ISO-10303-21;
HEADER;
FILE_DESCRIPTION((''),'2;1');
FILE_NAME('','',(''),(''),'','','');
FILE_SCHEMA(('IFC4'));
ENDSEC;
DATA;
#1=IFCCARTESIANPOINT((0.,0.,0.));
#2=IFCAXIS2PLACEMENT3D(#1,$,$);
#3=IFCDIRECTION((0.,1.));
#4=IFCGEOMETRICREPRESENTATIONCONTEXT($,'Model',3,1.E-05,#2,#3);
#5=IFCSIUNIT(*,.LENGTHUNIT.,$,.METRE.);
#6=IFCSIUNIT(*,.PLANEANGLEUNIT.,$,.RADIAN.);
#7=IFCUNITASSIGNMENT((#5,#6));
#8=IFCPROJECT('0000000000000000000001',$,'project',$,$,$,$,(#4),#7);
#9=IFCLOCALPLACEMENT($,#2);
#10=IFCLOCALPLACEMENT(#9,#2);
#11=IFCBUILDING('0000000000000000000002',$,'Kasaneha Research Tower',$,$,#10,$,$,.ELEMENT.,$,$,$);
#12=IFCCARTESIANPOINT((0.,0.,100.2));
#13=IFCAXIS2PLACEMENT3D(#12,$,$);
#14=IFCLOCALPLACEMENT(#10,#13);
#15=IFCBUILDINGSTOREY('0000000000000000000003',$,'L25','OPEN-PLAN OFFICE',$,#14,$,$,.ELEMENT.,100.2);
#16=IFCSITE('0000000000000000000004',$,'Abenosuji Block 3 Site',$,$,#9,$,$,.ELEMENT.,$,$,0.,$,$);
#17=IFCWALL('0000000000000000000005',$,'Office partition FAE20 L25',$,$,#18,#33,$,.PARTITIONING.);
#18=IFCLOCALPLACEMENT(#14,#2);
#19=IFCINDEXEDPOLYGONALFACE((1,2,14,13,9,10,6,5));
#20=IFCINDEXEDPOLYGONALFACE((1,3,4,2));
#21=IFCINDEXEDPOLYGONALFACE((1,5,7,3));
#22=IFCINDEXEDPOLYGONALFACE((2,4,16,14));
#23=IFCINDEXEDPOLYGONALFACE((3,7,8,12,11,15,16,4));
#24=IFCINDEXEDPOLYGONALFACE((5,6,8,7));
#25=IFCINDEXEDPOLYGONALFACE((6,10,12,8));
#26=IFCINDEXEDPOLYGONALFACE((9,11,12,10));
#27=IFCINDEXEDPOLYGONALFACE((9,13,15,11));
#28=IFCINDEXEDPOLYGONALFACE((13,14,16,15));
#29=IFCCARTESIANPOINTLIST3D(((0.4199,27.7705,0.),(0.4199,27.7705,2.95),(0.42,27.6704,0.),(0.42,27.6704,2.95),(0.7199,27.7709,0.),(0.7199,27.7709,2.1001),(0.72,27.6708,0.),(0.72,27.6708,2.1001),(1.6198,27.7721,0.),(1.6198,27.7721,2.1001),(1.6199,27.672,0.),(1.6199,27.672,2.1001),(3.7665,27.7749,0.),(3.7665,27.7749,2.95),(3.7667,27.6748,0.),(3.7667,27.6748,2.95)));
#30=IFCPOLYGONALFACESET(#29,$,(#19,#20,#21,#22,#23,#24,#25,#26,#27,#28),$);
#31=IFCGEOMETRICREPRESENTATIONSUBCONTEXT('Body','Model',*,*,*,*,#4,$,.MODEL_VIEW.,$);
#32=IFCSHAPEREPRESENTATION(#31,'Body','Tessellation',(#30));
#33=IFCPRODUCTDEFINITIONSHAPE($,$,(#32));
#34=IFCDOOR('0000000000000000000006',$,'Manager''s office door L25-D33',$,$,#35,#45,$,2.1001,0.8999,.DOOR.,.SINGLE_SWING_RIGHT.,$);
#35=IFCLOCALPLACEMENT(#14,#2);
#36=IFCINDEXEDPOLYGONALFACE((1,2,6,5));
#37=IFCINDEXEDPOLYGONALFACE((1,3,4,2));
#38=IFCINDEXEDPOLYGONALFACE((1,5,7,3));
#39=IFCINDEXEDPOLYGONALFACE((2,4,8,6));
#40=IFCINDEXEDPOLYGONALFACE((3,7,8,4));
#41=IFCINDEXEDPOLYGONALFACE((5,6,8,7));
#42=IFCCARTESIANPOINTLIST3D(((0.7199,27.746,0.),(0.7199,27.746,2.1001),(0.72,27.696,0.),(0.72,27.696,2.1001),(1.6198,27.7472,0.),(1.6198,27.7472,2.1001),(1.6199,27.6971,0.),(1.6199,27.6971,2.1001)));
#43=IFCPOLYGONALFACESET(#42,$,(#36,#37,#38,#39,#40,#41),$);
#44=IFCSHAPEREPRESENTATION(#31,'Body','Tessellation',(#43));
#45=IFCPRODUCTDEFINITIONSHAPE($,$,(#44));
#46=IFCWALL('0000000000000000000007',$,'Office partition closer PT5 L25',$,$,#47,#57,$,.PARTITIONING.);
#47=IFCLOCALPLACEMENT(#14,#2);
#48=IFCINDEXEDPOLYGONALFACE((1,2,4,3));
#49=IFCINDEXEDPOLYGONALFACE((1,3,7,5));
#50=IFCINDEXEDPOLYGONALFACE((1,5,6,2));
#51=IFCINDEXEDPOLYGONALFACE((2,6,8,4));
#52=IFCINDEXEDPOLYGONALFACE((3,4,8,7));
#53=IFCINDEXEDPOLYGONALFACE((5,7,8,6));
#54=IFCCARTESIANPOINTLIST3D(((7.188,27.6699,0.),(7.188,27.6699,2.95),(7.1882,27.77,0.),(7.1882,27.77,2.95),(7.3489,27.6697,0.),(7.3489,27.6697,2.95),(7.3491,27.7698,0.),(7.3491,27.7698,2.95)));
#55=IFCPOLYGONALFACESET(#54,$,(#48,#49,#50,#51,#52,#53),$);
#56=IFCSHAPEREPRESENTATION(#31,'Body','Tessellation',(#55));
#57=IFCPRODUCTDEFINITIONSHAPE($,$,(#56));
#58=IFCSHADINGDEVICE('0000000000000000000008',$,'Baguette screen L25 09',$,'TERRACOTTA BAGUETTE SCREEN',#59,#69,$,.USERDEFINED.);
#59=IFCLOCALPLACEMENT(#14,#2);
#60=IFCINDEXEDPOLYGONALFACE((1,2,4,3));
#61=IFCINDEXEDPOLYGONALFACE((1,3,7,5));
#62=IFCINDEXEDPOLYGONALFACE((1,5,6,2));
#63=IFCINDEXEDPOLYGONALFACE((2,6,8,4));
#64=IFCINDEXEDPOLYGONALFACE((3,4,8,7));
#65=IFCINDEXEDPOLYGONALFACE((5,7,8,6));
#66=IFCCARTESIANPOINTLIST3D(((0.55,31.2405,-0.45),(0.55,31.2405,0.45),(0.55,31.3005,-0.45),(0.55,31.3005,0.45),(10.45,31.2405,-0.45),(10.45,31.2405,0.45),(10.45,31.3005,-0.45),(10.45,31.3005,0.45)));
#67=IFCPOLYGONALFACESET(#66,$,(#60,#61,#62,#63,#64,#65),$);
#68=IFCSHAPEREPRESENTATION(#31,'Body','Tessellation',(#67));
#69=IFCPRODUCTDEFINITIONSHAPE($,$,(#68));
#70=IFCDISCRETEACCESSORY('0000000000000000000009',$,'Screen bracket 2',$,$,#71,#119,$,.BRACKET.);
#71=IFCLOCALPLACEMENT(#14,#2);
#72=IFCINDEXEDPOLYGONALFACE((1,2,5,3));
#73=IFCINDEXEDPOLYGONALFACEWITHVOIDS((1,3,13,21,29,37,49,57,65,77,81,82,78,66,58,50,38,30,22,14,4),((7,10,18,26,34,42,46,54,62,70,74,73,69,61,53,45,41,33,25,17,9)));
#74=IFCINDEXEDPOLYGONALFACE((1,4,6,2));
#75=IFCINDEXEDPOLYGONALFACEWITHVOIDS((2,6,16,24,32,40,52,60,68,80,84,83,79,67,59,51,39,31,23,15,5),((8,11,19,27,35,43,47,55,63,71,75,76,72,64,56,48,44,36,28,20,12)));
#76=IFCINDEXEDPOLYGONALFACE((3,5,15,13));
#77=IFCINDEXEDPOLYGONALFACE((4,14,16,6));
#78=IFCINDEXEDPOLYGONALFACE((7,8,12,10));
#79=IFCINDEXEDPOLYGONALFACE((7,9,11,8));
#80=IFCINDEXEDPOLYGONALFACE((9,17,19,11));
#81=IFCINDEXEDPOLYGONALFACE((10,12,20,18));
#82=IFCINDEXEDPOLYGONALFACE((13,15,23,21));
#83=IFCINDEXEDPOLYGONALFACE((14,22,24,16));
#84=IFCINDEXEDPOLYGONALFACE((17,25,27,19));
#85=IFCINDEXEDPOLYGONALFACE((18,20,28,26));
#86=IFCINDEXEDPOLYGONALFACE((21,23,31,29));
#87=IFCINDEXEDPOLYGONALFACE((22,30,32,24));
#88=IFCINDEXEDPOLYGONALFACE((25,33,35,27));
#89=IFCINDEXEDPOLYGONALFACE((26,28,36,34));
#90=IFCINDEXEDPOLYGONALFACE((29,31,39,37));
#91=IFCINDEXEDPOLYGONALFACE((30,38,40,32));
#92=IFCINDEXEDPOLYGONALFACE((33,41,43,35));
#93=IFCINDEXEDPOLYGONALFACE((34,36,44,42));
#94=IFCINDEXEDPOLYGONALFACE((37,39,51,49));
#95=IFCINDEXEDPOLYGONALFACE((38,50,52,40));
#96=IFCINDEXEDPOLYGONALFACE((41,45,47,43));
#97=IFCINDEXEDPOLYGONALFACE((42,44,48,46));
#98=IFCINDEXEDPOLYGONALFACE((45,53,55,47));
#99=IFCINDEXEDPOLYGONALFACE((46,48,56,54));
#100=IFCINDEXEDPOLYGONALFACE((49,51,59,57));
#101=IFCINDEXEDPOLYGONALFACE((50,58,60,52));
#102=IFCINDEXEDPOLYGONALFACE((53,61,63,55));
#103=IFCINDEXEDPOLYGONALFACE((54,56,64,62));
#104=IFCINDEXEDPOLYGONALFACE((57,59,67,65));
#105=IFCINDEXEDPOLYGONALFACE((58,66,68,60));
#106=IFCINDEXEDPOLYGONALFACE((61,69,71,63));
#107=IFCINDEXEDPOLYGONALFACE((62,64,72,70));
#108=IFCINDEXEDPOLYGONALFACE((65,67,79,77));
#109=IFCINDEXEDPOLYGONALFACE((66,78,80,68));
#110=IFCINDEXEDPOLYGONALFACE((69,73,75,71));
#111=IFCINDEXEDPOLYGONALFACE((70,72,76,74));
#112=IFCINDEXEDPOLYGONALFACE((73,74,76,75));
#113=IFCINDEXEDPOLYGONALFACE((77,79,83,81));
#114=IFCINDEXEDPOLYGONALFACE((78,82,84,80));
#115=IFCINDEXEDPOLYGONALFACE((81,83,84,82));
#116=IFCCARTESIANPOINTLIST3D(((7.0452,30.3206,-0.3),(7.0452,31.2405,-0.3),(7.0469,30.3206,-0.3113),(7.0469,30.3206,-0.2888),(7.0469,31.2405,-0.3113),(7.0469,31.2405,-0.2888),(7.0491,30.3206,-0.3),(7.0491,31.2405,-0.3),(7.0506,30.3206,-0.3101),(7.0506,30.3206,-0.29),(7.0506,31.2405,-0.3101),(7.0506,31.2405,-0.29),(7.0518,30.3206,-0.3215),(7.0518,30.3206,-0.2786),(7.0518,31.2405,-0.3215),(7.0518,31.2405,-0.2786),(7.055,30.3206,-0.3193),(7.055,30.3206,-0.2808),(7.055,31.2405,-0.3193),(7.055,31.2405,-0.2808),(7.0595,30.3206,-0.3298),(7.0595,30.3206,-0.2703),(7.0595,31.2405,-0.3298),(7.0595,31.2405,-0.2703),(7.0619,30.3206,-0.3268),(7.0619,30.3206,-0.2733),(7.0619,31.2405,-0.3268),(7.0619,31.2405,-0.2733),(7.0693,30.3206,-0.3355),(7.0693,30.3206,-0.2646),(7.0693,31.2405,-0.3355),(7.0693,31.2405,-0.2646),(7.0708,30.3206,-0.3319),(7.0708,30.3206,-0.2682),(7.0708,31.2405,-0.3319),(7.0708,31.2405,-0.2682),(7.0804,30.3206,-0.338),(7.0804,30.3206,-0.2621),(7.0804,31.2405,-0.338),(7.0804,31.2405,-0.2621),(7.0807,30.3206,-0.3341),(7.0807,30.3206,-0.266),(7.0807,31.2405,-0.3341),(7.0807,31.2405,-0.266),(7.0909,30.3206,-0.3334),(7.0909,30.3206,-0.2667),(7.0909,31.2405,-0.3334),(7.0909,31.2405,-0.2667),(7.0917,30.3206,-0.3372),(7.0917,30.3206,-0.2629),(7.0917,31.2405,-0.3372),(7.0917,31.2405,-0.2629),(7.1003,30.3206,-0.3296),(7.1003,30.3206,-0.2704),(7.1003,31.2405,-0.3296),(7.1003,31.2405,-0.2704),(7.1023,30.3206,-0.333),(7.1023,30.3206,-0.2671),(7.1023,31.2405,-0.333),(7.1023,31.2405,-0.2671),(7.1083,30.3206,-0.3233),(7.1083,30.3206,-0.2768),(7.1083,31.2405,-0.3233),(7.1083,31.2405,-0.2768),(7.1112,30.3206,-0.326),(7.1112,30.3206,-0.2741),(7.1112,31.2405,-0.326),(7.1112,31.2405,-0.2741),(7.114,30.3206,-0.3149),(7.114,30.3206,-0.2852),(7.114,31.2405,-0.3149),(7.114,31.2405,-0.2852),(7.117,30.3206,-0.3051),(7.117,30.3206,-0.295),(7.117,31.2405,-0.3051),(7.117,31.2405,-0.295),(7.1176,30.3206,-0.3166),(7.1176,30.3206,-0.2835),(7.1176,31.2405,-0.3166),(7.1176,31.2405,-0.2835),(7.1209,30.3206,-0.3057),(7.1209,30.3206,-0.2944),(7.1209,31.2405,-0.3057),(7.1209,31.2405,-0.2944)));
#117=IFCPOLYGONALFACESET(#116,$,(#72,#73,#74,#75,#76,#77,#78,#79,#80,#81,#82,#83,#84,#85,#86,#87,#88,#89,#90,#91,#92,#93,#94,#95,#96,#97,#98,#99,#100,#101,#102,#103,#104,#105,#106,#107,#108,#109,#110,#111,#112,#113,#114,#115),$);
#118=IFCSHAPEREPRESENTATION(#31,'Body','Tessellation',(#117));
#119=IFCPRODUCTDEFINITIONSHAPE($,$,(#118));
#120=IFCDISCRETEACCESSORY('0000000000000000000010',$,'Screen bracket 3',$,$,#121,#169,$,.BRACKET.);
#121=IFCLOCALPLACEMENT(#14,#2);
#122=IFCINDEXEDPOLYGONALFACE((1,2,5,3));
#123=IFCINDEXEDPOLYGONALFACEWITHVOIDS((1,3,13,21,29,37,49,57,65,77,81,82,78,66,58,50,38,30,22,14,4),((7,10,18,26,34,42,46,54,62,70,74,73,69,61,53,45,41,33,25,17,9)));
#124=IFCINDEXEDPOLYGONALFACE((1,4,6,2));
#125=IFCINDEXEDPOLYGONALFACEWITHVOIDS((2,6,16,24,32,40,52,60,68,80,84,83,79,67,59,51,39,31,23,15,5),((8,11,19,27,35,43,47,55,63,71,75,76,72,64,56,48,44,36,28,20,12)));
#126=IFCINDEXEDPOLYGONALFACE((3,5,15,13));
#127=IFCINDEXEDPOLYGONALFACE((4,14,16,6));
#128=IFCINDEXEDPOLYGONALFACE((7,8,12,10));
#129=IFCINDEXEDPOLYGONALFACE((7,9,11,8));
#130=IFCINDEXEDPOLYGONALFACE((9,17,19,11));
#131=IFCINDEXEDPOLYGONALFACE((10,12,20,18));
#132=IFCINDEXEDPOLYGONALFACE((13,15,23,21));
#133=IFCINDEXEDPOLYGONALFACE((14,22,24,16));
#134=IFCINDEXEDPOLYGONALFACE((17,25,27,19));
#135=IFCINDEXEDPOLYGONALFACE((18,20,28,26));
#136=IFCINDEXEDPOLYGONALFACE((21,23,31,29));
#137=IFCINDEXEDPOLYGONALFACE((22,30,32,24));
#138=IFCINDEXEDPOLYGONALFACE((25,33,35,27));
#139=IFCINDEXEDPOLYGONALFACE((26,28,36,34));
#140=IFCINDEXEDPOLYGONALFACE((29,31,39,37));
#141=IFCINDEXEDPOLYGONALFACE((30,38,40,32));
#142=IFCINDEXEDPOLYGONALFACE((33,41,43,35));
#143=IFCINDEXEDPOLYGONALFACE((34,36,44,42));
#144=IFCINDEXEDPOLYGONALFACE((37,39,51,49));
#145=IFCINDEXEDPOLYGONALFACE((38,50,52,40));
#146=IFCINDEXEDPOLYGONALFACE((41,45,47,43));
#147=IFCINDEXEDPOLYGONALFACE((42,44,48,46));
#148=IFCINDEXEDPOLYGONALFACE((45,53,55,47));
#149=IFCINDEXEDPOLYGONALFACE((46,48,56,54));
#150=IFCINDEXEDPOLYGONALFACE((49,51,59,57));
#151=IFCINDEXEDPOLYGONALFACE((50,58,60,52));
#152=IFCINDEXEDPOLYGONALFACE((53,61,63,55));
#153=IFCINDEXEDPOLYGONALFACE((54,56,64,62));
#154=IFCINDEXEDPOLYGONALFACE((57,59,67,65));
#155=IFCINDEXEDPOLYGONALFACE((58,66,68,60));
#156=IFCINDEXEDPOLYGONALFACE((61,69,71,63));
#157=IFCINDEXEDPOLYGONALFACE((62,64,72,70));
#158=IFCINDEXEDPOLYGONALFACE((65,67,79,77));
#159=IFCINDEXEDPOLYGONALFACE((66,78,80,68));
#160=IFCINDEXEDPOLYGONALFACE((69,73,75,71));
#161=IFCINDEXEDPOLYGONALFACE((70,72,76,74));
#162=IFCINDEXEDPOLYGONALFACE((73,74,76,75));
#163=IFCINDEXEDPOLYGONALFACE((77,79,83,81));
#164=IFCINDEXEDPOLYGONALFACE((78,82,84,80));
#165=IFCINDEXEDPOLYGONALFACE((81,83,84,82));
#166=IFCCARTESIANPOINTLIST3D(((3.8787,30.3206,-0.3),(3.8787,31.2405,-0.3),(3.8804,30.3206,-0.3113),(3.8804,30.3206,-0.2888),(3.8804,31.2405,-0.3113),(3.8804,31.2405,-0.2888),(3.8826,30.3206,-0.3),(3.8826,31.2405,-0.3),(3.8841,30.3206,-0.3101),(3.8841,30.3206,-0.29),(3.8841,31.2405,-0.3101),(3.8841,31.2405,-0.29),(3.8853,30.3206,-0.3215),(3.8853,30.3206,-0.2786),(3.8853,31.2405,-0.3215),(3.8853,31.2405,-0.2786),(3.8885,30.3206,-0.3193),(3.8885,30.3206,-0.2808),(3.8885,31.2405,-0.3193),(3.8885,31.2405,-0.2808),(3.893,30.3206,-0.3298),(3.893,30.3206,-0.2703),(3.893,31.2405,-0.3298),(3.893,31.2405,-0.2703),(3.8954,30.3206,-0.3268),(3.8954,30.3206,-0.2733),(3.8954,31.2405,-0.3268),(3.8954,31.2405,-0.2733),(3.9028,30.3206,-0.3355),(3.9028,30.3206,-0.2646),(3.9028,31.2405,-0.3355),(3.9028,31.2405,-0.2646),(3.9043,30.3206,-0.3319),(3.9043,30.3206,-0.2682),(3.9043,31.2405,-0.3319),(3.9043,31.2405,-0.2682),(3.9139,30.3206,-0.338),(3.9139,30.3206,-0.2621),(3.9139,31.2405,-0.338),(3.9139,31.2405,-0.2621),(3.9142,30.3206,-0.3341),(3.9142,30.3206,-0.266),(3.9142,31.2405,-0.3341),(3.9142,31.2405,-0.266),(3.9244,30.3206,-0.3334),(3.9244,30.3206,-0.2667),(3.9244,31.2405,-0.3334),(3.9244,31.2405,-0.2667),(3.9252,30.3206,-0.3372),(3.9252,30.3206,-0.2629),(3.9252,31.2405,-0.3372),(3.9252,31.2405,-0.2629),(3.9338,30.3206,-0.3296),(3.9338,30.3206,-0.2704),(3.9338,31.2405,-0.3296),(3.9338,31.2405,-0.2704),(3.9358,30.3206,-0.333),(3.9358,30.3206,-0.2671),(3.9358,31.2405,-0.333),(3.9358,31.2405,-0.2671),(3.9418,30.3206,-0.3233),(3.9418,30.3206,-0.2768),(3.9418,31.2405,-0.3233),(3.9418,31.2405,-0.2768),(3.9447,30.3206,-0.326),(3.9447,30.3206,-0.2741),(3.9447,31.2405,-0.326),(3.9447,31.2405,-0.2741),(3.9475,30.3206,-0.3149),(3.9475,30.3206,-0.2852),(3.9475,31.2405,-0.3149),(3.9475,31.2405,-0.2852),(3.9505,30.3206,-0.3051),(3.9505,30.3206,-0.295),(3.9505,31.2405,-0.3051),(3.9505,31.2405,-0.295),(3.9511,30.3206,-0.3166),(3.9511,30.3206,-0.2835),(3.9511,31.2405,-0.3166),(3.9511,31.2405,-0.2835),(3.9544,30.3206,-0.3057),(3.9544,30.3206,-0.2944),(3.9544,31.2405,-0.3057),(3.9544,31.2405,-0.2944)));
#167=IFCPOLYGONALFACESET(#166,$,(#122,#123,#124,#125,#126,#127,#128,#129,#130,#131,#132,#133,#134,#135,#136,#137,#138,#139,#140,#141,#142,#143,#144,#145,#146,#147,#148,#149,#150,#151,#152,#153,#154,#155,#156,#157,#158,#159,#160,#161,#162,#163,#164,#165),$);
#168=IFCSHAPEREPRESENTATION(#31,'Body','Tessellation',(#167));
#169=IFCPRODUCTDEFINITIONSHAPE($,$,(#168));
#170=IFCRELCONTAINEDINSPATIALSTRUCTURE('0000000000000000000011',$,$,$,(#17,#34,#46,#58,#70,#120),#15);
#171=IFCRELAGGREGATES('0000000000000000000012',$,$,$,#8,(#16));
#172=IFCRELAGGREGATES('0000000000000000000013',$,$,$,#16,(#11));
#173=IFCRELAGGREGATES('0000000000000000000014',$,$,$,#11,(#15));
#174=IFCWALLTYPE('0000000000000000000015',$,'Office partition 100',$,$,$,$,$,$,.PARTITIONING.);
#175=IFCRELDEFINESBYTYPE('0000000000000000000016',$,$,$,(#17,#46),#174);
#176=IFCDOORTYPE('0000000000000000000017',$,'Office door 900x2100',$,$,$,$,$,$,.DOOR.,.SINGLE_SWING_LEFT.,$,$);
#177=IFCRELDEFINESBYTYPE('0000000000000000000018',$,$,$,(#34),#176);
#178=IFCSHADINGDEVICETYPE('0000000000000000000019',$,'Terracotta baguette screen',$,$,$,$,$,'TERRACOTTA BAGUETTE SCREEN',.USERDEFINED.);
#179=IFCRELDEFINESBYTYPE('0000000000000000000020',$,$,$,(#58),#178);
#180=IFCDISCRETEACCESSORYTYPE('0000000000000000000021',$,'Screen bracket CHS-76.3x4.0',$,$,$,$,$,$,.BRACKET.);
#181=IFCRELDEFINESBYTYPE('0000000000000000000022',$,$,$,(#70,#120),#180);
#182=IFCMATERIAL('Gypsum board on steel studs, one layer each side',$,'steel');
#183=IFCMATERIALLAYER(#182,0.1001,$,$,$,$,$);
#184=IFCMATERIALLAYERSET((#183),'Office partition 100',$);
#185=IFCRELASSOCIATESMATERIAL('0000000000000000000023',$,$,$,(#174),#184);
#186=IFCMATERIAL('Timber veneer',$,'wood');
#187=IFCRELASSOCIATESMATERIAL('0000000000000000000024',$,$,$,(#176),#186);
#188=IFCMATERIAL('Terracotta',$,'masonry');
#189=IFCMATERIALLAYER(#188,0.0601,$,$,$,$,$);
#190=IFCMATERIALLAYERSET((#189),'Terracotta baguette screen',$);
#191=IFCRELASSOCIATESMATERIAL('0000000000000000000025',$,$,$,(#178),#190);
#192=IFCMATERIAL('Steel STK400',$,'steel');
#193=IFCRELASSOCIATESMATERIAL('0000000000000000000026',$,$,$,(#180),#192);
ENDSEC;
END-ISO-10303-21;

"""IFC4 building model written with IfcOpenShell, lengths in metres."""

from ifc_helpers import new_model, si_unit, direction, frame, frame_2d, origin, origin_2d, place, context, subcontext, project, spatial, rectangle, hollow_circle, extrude, material, layer, layer_set, material_profile, profile_set, type_object, element, fill, save


model = new_model("IFC4")

# Units and contexts
model_context = context("Model", 3, precision=1e-05, world=origin(), true_north=direction((0.0, 1.0)))
body_context = subcontext(model_context, "Body", "Model", "MODEL_VIEW")
ifc_project = project(units=[si_unit("LENGTHUNIT", "METRE"), si_unit("PLANEANGLEUNIT", "RADIAN")], contexts=[model_context])

# Site, building, storey
site_placement = place(None, origin())
site = spatial("IfcSite", under=ifc_project, at=site_placement, Name="Abenosuji Block 3 Site", CompositionType="ELEMENT", RefElevation=0.0)
building_placement = place(site_placement, origin())
building = spatial("IfcBuilding", under=site, at=building_placement, Name="Kasaneha Research Tower", CompositionType="ELEMENT")
storey_placement = place(building_placement, frame((0.0, 0.0, 100.2)))
storey = spatial("IfcBuildingStorey", under=building, at=storey_placement, Name="L25", Description="OPEN-PLAN OFFICE", CompositionType="ELEMENT", Elevation=100.2)

# Shared definitions
ifc_material_1 = material(Name="Gypsum board on steel studs, one layer each side", Category="steel")
ifc_layer_1 = layer(ifc_material_1, 0.1001)
ifc_layer_set_1 = layer_set([ifc_layer_1], Name="Office partition 100")
wall_type = type_object("IfcWallType", Name="Office partition 100", PredefinedType="PARTITIONING", material=ifc_layer_set_1)

# Wall, opening, door
ifc_material_2 = material(Name="Timber veneer", Category="wood")
door_type = type_object("IfcDoorType", Name="Office door 900x2100", OperationType="SINGLE_SWING_LEFT", PredefinedType="DOOR", material=ifc_material_2)
wall_1_placement = place(storey_placement, frame((3.7666, 27.7249, 0.0), z_axis=(0.0, 0.0, 1.0), x_axis=(-0.999999, -0.001313, 0.0)))
wall_1 = element("IfcWall", 1, at=wall_1_placement, inside=storey, type_object=wall_type, Name="Office partition FAE20 L25", PredefinedType="PARTITIONING", context=body_context, shape_type="SweptSolid", body=[
    extrude(rectangle(XDim=3.3467, YDim=0.1001, at=frame_2d((1.6733, 0.0))), origin(), (0.0, 0.0, 1.0), 2.95),
])
opening_1_placement = place(wall_1_placement, frame((2.1467, 0.0, 0.0)))
opening_1 = element("IfcOpeningElement", 2, at=opening_1_placement, cuts=wall_1, PredefinedType="OPENING", context=body_context, shape_type="SweptSolid", body=[
    extrude(rectangle(XDim=0.8999, YDim=2.1001, at=frame_2d((0.45, 1.05))), frame((0.0, 0.0601, 0.0), z_axis=(0.0, -1.0, 0.0), x_axis=(1.0, 0.0, 0.0)), (0.0, 0.0, 1.0), 0.1201),
])
door_1_placement = place(opening_1_placement, origin())
door_1 = element("IfcDoor", 3, at=door_1_placement, inside=storey, type_object=door_type, Name="Manager's office door L25-D33", OperationType="SINGLE_SWING_RIGHT", OverallHeight=2.1001, OverallWidth=0.8999, PredefinedType="DOOR", context=body_context, shape_type="SweptSolid", body=[
    extrude(rectangle(XDim=0.8999, YDim=2.1001, at=frame_2d((0.45, 1.05))), frame((0.0, 0.0249, 0.0), z_axis=(0.0, -1.0, 0.0), x_axis=(1.0, 0.0, 0.0)), (0.0, 0.0, 1.0), 0.05),
])
fill(opening_1, door_1)

# Wall
wall_2_placement = place(storey_placement, frame((7.3491, 27.7197, 0.0), z_axis=(0.0, 0.0, 1.0), x_axis=(-0.999999, 0.001517, 0.0)))
element("IfcWall", 4, at=wall_2_placement, inside=storey, type_object=wall_type, Name="Office partition closer PT5 L25", PredefinedType="PARTITIONING", context=body_context, shape_type="SweptSolid", body=[
    extrude(rectangle(XDim=0.1609, YDim=0.1001, at=frame_2d((0.0806, 0.0))), origin(), (0.0, 0.0, 1.0), 2.95),
])

# Shading device
ifc_material_3 = material(Name="Terracotta", Category="masonry")
ifc_layer_2 = layer(ifc_material_3, 0.0601)
ifc_layer_set_2 = layer_set([ifc_layer_2], Name="Terracotta baguette screen")
shading_device_type = type_object("IfcShadingDeviceType", Name="Terracotta baguette screen", ElementType="TERRACOTTA BAGUETTE SCREEN", PredefinedType="USERDEFINED", material=ifc_layer_set_2)
shading_device_placement = place(storey_placement, frame((5.5, 31.2705, -0.45), z_axis=(0.0, 0.0, 1.0), x_axis=(-1.0, 0.0, 0.0)))
element("IfcShadingDevice", 5, at=shading_device_placement, inside=storey, type_object=shading_device_type, Name="Baguette screen L25 09", ObjectType="TERRACOTTA BAGUETTE SCREEN", PredefinedType="USERDEFINED", context=body_context, shape_type="SweptSolid", body=[
    extrude(rectangle(XDim=9.8999, YDim=0.0601, at=origin_2d()), origin(), (0.0, 0.0, 1.0), 0.8999),
])

# Discrete accessories
ifc_material_4 = material(Name="Steel STK400", Category="steel")
ifc_material_profile_1 = material_profile(ifc_material_4, hollow_circle(Radius=0.0381, WallThickness=0.0039, at=origin_2d()), Name="CHS-76.3x4.0")
ifc_profile_set_1 = profile_set([ifc_material_profile_1], Name="Steel STK400")
discrete_accessory_type = type_object("IfcDiscreteAccessoryType", Name="Screen bracket CHS-76.3x4.0", PredefinedType="BRACKET", material=ifc_profile_set_1)
for number, where, z_axis, x_axis, name in (
    (6, (7.0833, 30.3206, -0.3), (0.0, 1.0, 0.0), (-1.0, 0.0, 0.0), "Screen bracket 2"),
    (7, (3.9167, 30.3206, -0.3), (0.0, 1.0, 0.0), (-1.0, 0.0, 0.0), "Screen bracket 3"),
):
    element("IfcDiscreteAccessory", number, at=place(storey_placement, frame(where, z_axis=z_axis, x_axis=x_axis)), inside=storey, type_object=discrete_accessory_type, Name=name, PredefinedType="BRACKET", context=body_context, shape_type="SweptSolid", body=[
        extrude(hollow_circle(Radius=0.0381, WallThickness=0.0039, at=origin_2d()), origin(), (0.0, 0.0, 1.0), 0.9199),
    ])

save(model, "model.ifc")
